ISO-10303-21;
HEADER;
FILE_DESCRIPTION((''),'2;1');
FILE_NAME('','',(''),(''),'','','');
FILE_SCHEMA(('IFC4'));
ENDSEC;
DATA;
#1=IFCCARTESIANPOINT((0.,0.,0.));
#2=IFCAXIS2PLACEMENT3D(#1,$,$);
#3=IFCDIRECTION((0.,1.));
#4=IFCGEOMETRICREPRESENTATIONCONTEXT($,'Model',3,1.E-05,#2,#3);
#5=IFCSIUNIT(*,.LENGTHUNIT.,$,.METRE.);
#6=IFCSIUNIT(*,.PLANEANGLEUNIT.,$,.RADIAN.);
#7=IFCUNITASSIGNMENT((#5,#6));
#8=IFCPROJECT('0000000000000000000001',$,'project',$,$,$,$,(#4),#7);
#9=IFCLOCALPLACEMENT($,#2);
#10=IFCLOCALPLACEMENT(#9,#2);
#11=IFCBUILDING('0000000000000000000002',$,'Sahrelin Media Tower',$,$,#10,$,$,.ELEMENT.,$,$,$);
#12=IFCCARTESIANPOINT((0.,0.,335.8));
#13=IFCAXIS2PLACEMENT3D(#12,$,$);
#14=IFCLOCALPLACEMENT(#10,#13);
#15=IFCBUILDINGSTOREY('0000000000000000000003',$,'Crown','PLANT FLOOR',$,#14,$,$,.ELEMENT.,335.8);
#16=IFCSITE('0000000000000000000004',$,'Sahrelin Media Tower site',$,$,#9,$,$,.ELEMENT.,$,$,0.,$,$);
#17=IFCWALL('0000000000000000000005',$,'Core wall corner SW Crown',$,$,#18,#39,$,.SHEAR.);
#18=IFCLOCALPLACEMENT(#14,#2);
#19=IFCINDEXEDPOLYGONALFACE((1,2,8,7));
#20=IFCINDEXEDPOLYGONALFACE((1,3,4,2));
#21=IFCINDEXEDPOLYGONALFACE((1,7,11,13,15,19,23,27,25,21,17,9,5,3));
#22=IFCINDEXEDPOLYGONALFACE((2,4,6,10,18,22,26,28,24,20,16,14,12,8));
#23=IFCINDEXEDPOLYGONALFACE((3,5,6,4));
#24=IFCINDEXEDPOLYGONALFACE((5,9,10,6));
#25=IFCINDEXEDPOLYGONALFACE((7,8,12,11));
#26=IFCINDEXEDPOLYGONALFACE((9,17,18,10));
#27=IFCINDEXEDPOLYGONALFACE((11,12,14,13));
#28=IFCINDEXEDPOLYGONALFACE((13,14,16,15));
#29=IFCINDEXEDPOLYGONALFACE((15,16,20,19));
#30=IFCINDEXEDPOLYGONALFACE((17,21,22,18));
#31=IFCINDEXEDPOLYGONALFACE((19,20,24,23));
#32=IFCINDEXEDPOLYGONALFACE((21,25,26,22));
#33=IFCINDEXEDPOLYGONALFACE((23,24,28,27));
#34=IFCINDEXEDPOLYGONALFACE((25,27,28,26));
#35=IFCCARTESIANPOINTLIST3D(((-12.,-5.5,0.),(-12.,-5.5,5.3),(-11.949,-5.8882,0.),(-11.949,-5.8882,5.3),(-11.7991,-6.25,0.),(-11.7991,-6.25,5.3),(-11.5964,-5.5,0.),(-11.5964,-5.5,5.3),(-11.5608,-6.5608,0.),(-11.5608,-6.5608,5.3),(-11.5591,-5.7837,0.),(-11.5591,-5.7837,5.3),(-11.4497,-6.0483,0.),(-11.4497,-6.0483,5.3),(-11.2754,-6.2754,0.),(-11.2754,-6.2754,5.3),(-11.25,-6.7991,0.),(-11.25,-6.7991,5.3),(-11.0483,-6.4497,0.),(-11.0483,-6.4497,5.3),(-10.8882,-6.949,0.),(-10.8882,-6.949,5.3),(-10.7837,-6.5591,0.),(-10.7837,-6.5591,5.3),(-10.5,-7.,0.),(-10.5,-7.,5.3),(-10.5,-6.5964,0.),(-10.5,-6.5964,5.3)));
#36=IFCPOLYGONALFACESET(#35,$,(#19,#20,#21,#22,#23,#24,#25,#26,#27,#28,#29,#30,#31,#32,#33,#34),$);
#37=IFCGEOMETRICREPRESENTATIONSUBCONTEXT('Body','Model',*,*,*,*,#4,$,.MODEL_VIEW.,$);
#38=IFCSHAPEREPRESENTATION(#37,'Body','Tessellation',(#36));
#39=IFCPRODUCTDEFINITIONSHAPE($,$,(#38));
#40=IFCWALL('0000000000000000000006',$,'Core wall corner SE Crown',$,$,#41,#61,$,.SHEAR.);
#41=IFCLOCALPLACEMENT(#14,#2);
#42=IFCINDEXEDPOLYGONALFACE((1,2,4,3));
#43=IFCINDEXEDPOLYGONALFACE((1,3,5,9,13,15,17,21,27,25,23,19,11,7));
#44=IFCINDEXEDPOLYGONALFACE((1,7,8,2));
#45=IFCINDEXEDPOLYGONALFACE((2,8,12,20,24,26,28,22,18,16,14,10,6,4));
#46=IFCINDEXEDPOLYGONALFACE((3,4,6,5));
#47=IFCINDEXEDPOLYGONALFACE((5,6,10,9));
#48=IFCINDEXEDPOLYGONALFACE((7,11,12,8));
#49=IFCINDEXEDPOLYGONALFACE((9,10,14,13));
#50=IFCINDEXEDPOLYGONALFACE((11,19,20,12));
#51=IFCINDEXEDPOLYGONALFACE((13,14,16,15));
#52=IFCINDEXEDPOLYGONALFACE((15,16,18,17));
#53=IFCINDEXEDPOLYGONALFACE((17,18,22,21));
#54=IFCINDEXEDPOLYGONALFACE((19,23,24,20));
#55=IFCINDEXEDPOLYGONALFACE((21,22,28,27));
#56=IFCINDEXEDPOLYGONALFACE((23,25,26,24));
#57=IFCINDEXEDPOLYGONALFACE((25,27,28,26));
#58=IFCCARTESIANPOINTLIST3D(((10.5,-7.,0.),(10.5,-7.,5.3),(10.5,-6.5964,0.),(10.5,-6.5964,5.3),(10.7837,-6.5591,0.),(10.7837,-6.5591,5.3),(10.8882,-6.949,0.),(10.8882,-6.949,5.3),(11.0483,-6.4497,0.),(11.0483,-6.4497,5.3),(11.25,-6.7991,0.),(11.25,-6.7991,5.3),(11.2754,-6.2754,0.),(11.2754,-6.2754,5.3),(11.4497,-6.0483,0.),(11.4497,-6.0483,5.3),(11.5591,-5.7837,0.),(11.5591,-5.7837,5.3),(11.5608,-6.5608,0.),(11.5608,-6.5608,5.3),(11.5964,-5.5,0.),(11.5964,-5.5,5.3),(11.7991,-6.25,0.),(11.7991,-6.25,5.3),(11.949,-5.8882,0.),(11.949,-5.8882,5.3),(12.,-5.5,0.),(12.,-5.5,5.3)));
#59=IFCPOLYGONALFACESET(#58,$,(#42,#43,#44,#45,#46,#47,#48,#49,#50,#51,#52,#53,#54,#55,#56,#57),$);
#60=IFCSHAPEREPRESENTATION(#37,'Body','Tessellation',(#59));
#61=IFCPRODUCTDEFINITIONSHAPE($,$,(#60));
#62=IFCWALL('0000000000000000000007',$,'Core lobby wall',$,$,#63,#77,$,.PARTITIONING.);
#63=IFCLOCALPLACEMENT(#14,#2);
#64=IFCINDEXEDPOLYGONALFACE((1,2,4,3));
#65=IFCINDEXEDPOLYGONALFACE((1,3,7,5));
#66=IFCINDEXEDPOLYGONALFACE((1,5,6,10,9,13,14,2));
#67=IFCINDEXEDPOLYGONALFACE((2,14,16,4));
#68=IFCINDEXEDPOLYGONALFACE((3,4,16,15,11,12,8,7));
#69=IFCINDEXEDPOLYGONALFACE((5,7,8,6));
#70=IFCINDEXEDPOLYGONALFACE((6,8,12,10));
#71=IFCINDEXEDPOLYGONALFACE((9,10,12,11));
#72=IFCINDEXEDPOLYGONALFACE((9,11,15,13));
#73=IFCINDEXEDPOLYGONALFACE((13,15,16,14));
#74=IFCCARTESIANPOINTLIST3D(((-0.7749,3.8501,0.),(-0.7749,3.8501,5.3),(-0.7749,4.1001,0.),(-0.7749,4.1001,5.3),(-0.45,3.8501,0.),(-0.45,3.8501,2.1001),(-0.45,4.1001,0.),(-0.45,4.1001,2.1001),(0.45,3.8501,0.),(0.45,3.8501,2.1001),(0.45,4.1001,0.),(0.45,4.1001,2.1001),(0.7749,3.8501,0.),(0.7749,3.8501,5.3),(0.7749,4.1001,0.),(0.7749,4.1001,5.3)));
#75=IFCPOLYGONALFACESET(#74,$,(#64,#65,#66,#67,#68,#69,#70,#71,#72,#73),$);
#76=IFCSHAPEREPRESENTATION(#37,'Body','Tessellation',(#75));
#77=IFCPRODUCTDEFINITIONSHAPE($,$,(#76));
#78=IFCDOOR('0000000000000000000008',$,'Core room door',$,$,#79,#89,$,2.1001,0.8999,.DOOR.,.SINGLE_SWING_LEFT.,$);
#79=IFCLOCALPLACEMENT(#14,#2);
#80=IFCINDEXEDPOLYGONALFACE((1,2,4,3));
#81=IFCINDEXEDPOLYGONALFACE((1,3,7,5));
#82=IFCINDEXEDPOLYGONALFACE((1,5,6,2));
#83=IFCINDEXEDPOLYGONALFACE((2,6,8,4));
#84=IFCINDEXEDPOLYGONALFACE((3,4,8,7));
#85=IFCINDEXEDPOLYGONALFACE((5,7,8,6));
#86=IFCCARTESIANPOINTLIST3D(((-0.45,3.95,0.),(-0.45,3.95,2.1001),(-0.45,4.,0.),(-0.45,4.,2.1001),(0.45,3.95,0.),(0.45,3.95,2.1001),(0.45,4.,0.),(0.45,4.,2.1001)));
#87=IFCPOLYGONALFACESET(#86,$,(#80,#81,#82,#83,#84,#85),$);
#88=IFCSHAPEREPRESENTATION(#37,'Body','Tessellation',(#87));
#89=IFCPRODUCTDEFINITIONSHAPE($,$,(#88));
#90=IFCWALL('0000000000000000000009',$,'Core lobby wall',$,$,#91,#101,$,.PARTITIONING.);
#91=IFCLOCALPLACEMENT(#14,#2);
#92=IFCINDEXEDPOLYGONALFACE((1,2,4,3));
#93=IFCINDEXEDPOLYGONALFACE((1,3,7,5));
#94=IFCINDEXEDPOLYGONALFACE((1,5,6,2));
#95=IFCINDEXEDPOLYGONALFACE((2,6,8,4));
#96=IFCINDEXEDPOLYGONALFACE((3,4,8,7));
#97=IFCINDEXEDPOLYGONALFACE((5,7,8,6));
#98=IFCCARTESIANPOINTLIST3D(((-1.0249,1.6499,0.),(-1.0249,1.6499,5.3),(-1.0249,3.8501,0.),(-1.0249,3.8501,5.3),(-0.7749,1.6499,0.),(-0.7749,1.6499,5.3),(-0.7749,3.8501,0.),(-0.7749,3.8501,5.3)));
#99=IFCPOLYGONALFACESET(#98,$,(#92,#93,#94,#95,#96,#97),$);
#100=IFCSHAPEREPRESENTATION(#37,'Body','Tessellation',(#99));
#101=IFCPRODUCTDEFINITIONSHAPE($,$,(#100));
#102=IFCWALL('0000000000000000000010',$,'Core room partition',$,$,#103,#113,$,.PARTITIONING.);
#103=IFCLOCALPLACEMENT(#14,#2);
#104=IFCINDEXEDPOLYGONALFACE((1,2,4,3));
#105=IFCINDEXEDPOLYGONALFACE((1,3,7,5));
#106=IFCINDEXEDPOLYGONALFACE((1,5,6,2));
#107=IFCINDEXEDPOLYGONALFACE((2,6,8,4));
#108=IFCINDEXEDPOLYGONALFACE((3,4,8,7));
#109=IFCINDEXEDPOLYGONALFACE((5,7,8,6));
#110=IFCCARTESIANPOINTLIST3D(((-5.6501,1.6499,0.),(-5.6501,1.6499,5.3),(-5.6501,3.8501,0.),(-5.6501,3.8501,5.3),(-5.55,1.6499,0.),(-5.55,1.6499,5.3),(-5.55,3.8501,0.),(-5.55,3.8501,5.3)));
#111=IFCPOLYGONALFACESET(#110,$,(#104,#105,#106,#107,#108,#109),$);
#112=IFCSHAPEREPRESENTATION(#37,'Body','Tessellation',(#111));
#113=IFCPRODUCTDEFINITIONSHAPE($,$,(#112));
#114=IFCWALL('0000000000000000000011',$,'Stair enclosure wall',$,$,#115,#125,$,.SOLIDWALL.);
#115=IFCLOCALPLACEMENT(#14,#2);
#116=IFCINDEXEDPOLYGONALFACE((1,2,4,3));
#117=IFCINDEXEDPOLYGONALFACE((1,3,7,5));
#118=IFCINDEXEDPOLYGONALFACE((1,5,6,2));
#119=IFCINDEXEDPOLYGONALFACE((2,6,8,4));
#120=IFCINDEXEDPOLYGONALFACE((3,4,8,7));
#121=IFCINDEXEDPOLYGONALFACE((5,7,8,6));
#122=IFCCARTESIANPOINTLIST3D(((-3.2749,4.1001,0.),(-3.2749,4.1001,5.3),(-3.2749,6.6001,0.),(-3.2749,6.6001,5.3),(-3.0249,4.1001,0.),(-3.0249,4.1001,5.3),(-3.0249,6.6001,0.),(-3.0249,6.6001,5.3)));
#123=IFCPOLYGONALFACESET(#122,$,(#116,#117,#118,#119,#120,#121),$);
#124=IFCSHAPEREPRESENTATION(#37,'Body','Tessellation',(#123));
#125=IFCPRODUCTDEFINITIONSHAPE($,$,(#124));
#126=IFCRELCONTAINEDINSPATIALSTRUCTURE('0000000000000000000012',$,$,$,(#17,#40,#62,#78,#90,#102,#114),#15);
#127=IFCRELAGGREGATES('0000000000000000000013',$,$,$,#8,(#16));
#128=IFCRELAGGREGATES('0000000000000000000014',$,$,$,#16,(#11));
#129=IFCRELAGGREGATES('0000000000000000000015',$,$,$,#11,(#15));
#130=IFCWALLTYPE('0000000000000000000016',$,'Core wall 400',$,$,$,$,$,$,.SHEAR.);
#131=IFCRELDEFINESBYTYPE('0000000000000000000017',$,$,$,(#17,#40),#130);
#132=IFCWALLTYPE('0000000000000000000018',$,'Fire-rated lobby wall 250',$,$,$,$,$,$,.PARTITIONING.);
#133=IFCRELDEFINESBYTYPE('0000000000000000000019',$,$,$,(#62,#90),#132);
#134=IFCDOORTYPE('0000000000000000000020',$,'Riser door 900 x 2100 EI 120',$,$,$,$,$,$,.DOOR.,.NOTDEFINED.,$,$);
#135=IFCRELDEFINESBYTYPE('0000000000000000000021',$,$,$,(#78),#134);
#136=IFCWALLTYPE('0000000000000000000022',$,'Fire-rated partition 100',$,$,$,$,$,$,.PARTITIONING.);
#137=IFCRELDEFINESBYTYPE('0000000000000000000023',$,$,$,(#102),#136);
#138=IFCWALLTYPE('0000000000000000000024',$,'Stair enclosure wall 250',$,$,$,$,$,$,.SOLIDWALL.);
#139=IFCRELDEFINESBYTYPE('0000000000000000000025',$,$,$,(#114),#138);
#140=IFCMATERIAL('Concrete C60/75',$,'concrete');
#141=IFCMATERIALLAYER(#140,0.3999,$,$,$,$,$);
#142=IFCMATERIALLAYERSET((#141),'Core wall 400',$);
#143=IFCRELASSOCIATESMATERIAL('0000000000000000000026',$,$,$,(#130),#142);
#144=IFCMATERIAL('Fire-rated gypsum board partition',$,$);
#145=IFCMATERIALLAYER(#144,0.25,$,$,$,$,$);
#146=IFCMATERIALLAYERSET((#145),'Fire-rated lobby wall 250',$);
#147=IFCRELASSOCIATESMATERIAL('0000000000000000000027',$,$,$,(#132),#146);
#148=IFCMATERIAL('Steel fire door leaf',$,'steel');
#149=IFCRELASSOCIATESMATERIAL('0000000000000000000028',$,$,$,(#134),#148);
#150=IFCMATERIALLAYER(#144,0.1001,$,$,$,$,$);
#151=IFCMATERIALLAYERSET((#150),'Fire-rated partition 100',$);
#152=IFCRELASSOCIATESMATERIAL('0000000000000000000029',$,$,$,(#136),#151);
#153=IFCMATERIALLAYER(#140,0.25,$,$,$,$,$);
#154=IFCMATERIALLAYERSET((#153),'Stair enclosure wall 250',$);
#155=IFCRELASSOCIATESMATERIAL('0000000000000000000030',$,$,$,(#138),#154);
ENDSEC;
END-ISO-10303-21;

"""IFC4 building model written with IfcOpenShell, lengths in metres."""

from ifc_helpers import new_model, si_unit, direction, frame, frame_2d, origin, place, context, subcontext, project, spatial, polyline, rectangle, outline, extrude, material, layer, layer_set, type_object, element, fill, save


model = new_model("IFC4")

# Units and contexts
model_context = context("Model", 3, precision=1e-05, world=origin(), true_north=direction((0.0, 1.0)))
body_context = subcontext(model_context, "Body", "Model", "MODEL_VIEW")
ifc_project = project(units=[si_unit("LENGTHUNIT", "METRE"), si_unit("PLANEANGLEUNIT", "RADIAN")], contexts=[model_context])

# Site, building, storey
site_placement = place(None, origin())
site = spatial("IfcSite", under=ifc_project, at=site_placement, Name="Sahrelin Media Tower site", CompositionType="ELEMENT", RefElevation=0.0)
building_placement = place(site_placement, origin())
building = spatial("IfcBuilding", under=site, at=building_placement, Name="Sahrelin Media Tower", CompositionType="ELEMENT")
storey_placement = place(building_placement, frame((0.0, 0.0, 335.8)))
storey = spatial("IfcBuildingStorey", under=building, at=storey_placement, Name="Crown", Description="PLANT FLOOR", CompositionType="ELEMENT", Elevation=335.8)

# Walls
ifc_material_1 = material(Name="Concrete C60/75", Category="concrete")
ifc_layer_1 = layer(ifc_material_1, 0.3999)
ifc_layer_set_1 = layer_set([ifc_layer_1], Name="Core wall 400")
wall_type_1 = type_object("IfcWallType", Name="Core wall 400", PredefinedType="SHEAR", material=ifc_layer_set_1)
placement = place(storey_placement, origin())
element("IfcWall", 1, at=placement, inside=storey, type_object=wall_type_1, Name="Core wall corner SW Crown", PredefinedType="SHEAR", context=body_context, shape_type="SweptSolid", body=[
    extrude(outline(polyline([(-10.5, -7.0), (-10.5, -6.5964), (-10.7837, -6.5591), (-11.0483, -6.4497), (-11.2754, -6.2754), (-11.4497, -6.0483), (-11.5591, -5.7837), (-11.5964, -5.5), (-12.0, -5.5), (-11.949, -5.8882), (-11.7991, -6.25), (-11.5608, -6.5608), (-11.25, -6.7991), (-10.8882, -6.949), (-10.5, -7.0)])), origin(), (0.0, 0.0, 1.0), 5.3),
])
element("IfcWall", 2, at=placement, inside=storey, type_object=wall_type_1, Name="Core wall corner SE Crown", PredefinedType="SHEAR", context=body_context, shape_type="SweptSolid", body=[
    extrude(outline(polyline([(12.0, -5.5), (11.5964, -5.5), (11.5591, -5.7837), (11.4497, -6.0483), (11.2754, -6.2754), (11.0483, -6.4497), (10.7837, -6.5591), (10.5, -6.5964), (10.5, -7.0), (10.8882, -6.949), (11.25, -6.7991), (11.5608, -6.5608), (11.7991, -6.25), (11.949, -5.8882), (12.0, -5.5)])), origin(), (0.0, 0.0, 1.0), 5.3),
])

# Wall, opening, door
ifc_material_2 = material(Name="Fire-rated gypsum board partition")
ifc_layer_2 = layer(ifc_material_2, 0.25)
ifc_layer_set_2 = layer_set([ifc_layer_2], Name="Fire-rated lobby wall 250")
wall_type_2 = type_object("IfcWallType", Name="Fire-rated lobby wall 250", PredefinedType="PARTITIONING", material=ifc_layer_set_2)
wall_1_placement = place(storey_placement, frame((-0.7749, 3.9751, 0.0), z_axis=(0.0, 0.0, 1.0), x_axis=(1.0, 0.0, 0.0)))
wall_1 = element("IfcWall", 3, at=wall_1_placement, inside=storey, type_object=wall_type_2, Name="Core lobby wall", PredefinedType="PARTITIONING", context=body_context, shape_type="SweptSolid", body=[
    extrude(rectangle(XDim=1.5498, YDim=0.25, at=frame_2d((0.7749, 0.0))), origin(), (0.0, 0.0, 1.0), 5.3),
])
opening_placement = place(wall_1_placement, frame((0.325, 0.0, 0.0)))
opening = element("IfcOpeningElement", 4, at=opening_placement, cuts=wall_1, PredefinedType="OPENING", context=body_context, shape_type="SweptSolid", body=[
    extrude(rectangle(XDim=0.8999, YDim=2.1001, at=frame_2d((0.45, 1.05))), frame((0.0, 0.125, 0.0), z_axis=(0.0, -1.0, 0.0), x_axis=(1.0, 0.0, 0.0)), (0.0, 0.0, 1.0), 0.25),
])
ifc_material_3 = material(Name="Steel fire door leaf", Category="steel")
door_type = type_object("IfcDoorType", Name="Riser door 900 x 2100 EI 120", OperationType="NOTDEFINED", PredefinedType="DOOR", material=ifc_material_3)
door_placement = place(opening_placement, origin())
door = element("IfcDoor", 5, at=door_placement, inside=storey, type_object=door_type, Name="Core room door", OperationType="SINGLE_SWING_LEFT", OverallHeight=2.1001, OverallWidth=0.8999, PredefinedType="DOOR", context=body_context, shape_type="SweptSolid", body=[
    extrude(rectangle(XDim=0.8999, YDim=2.1001, at=frame_2d((0.45, 1.05))), frame((0.0, 0.0249, 0.0), z_axis=(0.0, -1.0, 0.0), x_axis=(1.0, 0.0, 0.0)), (0.0, 0.0, 1.0), 0.05),
])
fill(opening, door)

# Walls
wall_2_placement = place(storey_placement, frame((-0.8999, 1.6499, 0.0), z_axis=(0.0, 0.0, 1.0), x_axis=(0.0, 1.0, 0.0)))
element("IfcWall", 6, at=wall_2_placement, inside=storey, type_object=wall_type_2, Name="Core lobby wall", PredefinedType="PARTITIONING", context=body_context, shape_type="SweptSolid", body=[
    extrude(rectangle(XDim=2.2002, YDim=0.25, at=frame_2d((1.1001, 0.0))), origin(), (0.0, 0.0, 1.0), 5.3),
])
ifc_layer_3 = layer(ifc_material_2, 0.1001)
ifc_layer_set_3 = layer_set([ifc_layer_3], Name="Fire-rated partition 100")
wall_type_3 = type_object("IfcWallType", Name="Fire-rated partition 100", PredefinedType="PARTITIONING", material=ifc_layer_set_3)
wall_3_placement = place(storey_placement, frame((-5.6001, 1.6499, 0.0), z_axis=(0.0, 0.0, 1.0), x_axis=(0.0, 1.0, 0.0)))
element("IfcWall", 7, at=wall_3_placement, inside=storey, type_object=wall_type_3, Name="Core room partition", PredefinedType="PARTITIONING", context=body_context, shape_type="SweptSolid", body=[
    extrude(rectangle(XDim=2.2002, YDim=0.1001, at=frame_2d((1.1001, 0.0))), origin(), (0.0, 0.0, 1.0), 5.3),
])
ifc_layer_4 = layer(ifc_material_1, 0.25)
ifc_layer_set_4 = layer_set([ifc_layer_4], Name="Stair enclosure wall 250")
wall_type_4 = type_object("IfcWallType", Name="Stair enclosure wall 250", PredefinedType="SOLIDWALL", material=ifc_layer_set_4)
wall_4_placement = place(storey_placement, frame((-3.1499, 4.1001, 0.0), z_axis=(0.0, 0.0, 1.0), x_axis=(0.0, 1.0, 0.0)))
element("IfcWall", 8, at=wall_4_placement, inside=storey, type_object=wall_type_4, Name="Stair enclosure wall", PredefinedType="SOLIDWALL", context=body_context, shape_type="SweptSolid", body=[
    extrude(rectangle(XDim=2.5, YDim=0.25, at=frame_2d((1.25, 0.0))), origin(), (0.0, 0.0, 1.0), 5.3),
])

save(model, "model.ifc")
